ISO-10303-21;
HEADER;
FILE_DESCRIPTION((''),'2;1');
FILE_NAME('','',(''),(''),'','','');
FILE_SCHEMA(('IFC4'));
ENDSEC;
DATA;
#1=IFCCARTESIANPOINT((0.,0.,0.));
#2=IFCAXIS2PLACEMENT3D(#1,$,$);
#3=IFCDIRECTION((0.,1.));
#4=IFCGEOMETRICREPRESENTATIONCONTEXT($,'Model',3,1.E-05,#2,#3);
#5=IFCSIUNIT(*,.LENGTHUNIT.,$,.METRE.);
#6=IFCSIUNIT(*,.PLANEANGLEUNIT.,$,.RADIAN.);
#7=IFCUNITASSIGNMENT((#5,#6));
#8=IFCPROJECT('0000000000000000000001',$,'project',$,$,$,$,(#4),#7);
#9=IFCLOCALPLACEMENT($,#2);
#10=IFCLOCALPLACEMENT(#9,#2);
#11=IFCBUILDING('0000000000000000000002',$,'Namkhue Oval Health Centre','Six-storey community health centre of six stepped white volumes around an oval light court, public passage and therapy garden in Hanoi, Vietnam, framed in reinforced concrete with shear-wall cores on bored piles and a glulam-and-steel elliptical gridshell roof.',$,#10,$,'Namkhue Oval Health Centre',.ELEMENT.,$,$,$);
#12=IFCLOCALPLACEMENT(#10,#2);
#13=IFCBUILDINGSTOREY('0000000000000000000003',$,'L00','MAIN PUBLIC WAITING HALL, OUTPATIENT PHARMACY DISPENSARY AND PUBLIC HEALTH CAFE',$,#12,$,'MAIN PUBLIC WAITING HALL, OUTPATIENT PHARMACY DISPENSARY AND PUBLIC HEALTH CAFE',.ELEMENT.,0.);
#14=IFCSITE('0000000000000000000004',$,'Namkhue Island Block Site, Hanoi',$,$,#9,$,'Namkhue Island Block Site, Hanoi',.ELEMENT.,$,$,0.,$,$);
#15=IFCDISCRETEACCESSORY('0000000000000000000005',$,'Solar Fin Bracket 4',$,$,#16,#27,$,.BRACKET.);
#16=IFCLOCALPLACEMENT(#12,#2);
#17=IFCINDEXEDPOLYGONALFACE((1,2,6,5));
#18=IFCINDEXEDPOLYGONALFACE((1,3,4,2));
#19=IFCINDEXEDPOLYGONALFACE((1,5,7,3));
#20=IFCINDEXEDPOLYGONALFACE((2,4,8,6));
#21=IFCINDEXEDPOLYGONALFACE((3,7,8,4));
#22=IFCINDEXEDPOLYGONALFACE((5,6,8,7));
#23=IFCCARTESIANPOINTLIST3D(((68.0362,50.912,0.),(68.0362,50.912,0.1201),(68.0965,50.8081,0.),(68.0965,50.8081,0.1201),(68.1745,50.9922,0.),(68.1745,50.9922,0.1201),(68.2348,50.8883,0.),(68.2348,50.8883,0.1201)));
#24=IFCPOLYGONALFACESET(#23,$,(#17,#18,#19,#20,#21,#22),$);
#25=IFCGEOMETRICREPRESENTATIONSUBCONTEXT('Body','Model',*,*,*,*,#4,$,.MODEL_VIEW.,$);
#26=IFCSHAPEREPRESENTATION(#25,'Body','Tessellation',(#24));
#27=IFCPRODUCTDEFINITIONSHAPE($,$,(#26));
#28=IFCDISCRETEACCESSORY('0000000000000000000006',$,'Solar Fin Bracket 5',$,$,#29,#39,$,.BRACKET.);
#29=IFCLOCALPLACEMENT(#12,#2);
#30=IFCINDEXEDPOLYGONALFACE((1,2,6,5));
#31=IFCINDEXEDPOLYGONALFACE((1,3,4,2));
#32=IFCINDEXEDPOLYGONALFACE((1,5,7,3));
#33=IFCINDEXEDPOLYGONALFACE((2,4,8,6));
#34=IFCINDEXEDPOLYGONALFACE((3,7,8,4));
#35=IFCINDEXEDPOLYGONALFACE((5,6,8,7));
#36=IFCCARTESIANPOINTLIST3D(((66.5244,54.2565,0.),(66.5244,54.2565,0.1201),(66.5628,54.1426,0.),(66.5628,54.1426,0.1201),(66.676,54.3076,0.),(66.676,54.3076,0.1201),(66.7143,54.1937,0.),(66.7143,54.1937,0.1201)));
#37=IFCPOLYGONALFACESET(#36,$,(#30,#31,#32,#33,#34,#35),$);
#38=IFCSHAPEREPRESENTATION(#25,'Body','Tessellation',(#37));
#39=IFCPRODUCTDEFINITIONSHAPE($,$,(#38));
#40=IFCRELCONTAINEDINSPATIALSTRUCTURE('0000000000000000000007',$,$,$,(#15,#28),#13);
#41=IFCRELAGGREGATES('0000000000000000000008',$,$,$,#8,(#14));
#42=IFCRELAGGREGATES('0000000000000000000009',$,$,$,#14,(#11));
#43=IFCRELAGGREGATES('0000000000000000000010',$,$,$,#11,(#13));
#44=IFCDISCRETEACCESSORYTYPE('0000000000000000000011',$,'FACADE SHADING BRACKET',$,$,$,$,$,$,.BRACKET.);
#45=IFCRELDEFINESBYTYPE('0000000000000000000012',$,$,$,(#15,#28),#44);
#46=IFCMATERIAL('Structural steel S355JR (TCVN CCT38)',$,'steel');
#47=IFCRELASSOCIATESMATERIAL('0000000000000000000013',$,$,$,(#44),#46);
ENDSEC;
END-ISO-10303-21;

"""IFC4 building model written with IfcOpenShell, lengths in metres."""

from ifc_helpers import new_model, si_unit, direction, frame, origin, origin_2d, place, context, subcontext, project, spatial, rectangle, extrude, material, type_object, element, save


model = new_model("IFC4")

# Units and contexts
model_context = context("Model", 3, precision=1e-05, world=origin(), true_north=direction((0.0, 1.0)))
body_context = subcontext(model_context, "Body", "Model", "MODEL_VIEW")
ifc_project = project(units=[si_unit("LENGTHUNIT", "METRE"), si_unit("PLANEANGLEUNIT", "RADIAN")], contexts=[model_context])

# Site, building, storey
site_placement = place(None, origin())
site = spatial("IfcSite", under=ifc_project, at=site_placement, Name="Namkhue Island Block Site, Hanoi", LongName="Namkhue Island Block Site, Hanoi", CompositionType="ELEMENT", RefElevation=0.0)
building_placement = place(site_placement, origin())
building = spatial("IfcBuilding", under=site, at=building_placement, Name="Namkhue Oval Health Centre", Description="Six-storey community health centre of six stepped white volumes around an oval light court, public passage and therapy garden in Hanoi, Vietnam, framed in reinforced concrete with shear-wall cores on bored piles and a glulam-and-steel elliptical gridshell roof.", LongName="Namkhue Oval Health Centre", CompositionType="ELEMENT")
storey_placement = place(building_placement, origin())
storey = spatial("IfcBuildingStorey", under=building, at=storey_placement, Name="L00", Description="MAIN PUBLIC WAITING HALL, OUTPATIENT PHARMACY DISPENSARY AND PUBLIC HEALTH CAFE", LongName="MAIN PUBLIC WAITING HALL, OUTPATIENT PHARMACY DISPENSARY AND PUBLIC HEALTH CAFE", CompositionType="ELEMENT", Elevation=0.0)

# Discrete accessories
ifc_material_1 = material(Name="Structural steel S355JR (TCVN CCT38)", Category="steel")
discrete_accessory_type = type_object("IfcDiscreteAccessoryType", Name="FACADE SHADING BRACKET", PredefinedType="BRACKET", material=ifc_material_1)
for number, where, z_axis, x_axis, name in (
    (1, (68.1355, 50.9001, 0.0), (0.0, 0.0, 1.0), (0.864976, 0.501813, 0.0), "Solar Fin Bracket 4"),
    (2, (66.6194, 54.2251, 0.0), (0.0, 0.0, 1.0), (0.947546, 0.319621, 0.0), "Solar Fin Bracket 5"),
):
    element("IfcDiscreteAccessory", number, at=place(storey_placement, frame(where, z_axis=z_axis, x_axis=x_axis)), inside=storey, type_object=discrete_accessory_type, Name=name, PredefinedType="BRACKET", context=body_context, shape_type="SweptSolid", body=[
        extrude(rectangle(XDim=0.1599, YDim=0.1201, at=origin_2d()), origin(), (0.0, 0.0, 1.0), 0.1201),
    ])

save(model, "model.ifc")
